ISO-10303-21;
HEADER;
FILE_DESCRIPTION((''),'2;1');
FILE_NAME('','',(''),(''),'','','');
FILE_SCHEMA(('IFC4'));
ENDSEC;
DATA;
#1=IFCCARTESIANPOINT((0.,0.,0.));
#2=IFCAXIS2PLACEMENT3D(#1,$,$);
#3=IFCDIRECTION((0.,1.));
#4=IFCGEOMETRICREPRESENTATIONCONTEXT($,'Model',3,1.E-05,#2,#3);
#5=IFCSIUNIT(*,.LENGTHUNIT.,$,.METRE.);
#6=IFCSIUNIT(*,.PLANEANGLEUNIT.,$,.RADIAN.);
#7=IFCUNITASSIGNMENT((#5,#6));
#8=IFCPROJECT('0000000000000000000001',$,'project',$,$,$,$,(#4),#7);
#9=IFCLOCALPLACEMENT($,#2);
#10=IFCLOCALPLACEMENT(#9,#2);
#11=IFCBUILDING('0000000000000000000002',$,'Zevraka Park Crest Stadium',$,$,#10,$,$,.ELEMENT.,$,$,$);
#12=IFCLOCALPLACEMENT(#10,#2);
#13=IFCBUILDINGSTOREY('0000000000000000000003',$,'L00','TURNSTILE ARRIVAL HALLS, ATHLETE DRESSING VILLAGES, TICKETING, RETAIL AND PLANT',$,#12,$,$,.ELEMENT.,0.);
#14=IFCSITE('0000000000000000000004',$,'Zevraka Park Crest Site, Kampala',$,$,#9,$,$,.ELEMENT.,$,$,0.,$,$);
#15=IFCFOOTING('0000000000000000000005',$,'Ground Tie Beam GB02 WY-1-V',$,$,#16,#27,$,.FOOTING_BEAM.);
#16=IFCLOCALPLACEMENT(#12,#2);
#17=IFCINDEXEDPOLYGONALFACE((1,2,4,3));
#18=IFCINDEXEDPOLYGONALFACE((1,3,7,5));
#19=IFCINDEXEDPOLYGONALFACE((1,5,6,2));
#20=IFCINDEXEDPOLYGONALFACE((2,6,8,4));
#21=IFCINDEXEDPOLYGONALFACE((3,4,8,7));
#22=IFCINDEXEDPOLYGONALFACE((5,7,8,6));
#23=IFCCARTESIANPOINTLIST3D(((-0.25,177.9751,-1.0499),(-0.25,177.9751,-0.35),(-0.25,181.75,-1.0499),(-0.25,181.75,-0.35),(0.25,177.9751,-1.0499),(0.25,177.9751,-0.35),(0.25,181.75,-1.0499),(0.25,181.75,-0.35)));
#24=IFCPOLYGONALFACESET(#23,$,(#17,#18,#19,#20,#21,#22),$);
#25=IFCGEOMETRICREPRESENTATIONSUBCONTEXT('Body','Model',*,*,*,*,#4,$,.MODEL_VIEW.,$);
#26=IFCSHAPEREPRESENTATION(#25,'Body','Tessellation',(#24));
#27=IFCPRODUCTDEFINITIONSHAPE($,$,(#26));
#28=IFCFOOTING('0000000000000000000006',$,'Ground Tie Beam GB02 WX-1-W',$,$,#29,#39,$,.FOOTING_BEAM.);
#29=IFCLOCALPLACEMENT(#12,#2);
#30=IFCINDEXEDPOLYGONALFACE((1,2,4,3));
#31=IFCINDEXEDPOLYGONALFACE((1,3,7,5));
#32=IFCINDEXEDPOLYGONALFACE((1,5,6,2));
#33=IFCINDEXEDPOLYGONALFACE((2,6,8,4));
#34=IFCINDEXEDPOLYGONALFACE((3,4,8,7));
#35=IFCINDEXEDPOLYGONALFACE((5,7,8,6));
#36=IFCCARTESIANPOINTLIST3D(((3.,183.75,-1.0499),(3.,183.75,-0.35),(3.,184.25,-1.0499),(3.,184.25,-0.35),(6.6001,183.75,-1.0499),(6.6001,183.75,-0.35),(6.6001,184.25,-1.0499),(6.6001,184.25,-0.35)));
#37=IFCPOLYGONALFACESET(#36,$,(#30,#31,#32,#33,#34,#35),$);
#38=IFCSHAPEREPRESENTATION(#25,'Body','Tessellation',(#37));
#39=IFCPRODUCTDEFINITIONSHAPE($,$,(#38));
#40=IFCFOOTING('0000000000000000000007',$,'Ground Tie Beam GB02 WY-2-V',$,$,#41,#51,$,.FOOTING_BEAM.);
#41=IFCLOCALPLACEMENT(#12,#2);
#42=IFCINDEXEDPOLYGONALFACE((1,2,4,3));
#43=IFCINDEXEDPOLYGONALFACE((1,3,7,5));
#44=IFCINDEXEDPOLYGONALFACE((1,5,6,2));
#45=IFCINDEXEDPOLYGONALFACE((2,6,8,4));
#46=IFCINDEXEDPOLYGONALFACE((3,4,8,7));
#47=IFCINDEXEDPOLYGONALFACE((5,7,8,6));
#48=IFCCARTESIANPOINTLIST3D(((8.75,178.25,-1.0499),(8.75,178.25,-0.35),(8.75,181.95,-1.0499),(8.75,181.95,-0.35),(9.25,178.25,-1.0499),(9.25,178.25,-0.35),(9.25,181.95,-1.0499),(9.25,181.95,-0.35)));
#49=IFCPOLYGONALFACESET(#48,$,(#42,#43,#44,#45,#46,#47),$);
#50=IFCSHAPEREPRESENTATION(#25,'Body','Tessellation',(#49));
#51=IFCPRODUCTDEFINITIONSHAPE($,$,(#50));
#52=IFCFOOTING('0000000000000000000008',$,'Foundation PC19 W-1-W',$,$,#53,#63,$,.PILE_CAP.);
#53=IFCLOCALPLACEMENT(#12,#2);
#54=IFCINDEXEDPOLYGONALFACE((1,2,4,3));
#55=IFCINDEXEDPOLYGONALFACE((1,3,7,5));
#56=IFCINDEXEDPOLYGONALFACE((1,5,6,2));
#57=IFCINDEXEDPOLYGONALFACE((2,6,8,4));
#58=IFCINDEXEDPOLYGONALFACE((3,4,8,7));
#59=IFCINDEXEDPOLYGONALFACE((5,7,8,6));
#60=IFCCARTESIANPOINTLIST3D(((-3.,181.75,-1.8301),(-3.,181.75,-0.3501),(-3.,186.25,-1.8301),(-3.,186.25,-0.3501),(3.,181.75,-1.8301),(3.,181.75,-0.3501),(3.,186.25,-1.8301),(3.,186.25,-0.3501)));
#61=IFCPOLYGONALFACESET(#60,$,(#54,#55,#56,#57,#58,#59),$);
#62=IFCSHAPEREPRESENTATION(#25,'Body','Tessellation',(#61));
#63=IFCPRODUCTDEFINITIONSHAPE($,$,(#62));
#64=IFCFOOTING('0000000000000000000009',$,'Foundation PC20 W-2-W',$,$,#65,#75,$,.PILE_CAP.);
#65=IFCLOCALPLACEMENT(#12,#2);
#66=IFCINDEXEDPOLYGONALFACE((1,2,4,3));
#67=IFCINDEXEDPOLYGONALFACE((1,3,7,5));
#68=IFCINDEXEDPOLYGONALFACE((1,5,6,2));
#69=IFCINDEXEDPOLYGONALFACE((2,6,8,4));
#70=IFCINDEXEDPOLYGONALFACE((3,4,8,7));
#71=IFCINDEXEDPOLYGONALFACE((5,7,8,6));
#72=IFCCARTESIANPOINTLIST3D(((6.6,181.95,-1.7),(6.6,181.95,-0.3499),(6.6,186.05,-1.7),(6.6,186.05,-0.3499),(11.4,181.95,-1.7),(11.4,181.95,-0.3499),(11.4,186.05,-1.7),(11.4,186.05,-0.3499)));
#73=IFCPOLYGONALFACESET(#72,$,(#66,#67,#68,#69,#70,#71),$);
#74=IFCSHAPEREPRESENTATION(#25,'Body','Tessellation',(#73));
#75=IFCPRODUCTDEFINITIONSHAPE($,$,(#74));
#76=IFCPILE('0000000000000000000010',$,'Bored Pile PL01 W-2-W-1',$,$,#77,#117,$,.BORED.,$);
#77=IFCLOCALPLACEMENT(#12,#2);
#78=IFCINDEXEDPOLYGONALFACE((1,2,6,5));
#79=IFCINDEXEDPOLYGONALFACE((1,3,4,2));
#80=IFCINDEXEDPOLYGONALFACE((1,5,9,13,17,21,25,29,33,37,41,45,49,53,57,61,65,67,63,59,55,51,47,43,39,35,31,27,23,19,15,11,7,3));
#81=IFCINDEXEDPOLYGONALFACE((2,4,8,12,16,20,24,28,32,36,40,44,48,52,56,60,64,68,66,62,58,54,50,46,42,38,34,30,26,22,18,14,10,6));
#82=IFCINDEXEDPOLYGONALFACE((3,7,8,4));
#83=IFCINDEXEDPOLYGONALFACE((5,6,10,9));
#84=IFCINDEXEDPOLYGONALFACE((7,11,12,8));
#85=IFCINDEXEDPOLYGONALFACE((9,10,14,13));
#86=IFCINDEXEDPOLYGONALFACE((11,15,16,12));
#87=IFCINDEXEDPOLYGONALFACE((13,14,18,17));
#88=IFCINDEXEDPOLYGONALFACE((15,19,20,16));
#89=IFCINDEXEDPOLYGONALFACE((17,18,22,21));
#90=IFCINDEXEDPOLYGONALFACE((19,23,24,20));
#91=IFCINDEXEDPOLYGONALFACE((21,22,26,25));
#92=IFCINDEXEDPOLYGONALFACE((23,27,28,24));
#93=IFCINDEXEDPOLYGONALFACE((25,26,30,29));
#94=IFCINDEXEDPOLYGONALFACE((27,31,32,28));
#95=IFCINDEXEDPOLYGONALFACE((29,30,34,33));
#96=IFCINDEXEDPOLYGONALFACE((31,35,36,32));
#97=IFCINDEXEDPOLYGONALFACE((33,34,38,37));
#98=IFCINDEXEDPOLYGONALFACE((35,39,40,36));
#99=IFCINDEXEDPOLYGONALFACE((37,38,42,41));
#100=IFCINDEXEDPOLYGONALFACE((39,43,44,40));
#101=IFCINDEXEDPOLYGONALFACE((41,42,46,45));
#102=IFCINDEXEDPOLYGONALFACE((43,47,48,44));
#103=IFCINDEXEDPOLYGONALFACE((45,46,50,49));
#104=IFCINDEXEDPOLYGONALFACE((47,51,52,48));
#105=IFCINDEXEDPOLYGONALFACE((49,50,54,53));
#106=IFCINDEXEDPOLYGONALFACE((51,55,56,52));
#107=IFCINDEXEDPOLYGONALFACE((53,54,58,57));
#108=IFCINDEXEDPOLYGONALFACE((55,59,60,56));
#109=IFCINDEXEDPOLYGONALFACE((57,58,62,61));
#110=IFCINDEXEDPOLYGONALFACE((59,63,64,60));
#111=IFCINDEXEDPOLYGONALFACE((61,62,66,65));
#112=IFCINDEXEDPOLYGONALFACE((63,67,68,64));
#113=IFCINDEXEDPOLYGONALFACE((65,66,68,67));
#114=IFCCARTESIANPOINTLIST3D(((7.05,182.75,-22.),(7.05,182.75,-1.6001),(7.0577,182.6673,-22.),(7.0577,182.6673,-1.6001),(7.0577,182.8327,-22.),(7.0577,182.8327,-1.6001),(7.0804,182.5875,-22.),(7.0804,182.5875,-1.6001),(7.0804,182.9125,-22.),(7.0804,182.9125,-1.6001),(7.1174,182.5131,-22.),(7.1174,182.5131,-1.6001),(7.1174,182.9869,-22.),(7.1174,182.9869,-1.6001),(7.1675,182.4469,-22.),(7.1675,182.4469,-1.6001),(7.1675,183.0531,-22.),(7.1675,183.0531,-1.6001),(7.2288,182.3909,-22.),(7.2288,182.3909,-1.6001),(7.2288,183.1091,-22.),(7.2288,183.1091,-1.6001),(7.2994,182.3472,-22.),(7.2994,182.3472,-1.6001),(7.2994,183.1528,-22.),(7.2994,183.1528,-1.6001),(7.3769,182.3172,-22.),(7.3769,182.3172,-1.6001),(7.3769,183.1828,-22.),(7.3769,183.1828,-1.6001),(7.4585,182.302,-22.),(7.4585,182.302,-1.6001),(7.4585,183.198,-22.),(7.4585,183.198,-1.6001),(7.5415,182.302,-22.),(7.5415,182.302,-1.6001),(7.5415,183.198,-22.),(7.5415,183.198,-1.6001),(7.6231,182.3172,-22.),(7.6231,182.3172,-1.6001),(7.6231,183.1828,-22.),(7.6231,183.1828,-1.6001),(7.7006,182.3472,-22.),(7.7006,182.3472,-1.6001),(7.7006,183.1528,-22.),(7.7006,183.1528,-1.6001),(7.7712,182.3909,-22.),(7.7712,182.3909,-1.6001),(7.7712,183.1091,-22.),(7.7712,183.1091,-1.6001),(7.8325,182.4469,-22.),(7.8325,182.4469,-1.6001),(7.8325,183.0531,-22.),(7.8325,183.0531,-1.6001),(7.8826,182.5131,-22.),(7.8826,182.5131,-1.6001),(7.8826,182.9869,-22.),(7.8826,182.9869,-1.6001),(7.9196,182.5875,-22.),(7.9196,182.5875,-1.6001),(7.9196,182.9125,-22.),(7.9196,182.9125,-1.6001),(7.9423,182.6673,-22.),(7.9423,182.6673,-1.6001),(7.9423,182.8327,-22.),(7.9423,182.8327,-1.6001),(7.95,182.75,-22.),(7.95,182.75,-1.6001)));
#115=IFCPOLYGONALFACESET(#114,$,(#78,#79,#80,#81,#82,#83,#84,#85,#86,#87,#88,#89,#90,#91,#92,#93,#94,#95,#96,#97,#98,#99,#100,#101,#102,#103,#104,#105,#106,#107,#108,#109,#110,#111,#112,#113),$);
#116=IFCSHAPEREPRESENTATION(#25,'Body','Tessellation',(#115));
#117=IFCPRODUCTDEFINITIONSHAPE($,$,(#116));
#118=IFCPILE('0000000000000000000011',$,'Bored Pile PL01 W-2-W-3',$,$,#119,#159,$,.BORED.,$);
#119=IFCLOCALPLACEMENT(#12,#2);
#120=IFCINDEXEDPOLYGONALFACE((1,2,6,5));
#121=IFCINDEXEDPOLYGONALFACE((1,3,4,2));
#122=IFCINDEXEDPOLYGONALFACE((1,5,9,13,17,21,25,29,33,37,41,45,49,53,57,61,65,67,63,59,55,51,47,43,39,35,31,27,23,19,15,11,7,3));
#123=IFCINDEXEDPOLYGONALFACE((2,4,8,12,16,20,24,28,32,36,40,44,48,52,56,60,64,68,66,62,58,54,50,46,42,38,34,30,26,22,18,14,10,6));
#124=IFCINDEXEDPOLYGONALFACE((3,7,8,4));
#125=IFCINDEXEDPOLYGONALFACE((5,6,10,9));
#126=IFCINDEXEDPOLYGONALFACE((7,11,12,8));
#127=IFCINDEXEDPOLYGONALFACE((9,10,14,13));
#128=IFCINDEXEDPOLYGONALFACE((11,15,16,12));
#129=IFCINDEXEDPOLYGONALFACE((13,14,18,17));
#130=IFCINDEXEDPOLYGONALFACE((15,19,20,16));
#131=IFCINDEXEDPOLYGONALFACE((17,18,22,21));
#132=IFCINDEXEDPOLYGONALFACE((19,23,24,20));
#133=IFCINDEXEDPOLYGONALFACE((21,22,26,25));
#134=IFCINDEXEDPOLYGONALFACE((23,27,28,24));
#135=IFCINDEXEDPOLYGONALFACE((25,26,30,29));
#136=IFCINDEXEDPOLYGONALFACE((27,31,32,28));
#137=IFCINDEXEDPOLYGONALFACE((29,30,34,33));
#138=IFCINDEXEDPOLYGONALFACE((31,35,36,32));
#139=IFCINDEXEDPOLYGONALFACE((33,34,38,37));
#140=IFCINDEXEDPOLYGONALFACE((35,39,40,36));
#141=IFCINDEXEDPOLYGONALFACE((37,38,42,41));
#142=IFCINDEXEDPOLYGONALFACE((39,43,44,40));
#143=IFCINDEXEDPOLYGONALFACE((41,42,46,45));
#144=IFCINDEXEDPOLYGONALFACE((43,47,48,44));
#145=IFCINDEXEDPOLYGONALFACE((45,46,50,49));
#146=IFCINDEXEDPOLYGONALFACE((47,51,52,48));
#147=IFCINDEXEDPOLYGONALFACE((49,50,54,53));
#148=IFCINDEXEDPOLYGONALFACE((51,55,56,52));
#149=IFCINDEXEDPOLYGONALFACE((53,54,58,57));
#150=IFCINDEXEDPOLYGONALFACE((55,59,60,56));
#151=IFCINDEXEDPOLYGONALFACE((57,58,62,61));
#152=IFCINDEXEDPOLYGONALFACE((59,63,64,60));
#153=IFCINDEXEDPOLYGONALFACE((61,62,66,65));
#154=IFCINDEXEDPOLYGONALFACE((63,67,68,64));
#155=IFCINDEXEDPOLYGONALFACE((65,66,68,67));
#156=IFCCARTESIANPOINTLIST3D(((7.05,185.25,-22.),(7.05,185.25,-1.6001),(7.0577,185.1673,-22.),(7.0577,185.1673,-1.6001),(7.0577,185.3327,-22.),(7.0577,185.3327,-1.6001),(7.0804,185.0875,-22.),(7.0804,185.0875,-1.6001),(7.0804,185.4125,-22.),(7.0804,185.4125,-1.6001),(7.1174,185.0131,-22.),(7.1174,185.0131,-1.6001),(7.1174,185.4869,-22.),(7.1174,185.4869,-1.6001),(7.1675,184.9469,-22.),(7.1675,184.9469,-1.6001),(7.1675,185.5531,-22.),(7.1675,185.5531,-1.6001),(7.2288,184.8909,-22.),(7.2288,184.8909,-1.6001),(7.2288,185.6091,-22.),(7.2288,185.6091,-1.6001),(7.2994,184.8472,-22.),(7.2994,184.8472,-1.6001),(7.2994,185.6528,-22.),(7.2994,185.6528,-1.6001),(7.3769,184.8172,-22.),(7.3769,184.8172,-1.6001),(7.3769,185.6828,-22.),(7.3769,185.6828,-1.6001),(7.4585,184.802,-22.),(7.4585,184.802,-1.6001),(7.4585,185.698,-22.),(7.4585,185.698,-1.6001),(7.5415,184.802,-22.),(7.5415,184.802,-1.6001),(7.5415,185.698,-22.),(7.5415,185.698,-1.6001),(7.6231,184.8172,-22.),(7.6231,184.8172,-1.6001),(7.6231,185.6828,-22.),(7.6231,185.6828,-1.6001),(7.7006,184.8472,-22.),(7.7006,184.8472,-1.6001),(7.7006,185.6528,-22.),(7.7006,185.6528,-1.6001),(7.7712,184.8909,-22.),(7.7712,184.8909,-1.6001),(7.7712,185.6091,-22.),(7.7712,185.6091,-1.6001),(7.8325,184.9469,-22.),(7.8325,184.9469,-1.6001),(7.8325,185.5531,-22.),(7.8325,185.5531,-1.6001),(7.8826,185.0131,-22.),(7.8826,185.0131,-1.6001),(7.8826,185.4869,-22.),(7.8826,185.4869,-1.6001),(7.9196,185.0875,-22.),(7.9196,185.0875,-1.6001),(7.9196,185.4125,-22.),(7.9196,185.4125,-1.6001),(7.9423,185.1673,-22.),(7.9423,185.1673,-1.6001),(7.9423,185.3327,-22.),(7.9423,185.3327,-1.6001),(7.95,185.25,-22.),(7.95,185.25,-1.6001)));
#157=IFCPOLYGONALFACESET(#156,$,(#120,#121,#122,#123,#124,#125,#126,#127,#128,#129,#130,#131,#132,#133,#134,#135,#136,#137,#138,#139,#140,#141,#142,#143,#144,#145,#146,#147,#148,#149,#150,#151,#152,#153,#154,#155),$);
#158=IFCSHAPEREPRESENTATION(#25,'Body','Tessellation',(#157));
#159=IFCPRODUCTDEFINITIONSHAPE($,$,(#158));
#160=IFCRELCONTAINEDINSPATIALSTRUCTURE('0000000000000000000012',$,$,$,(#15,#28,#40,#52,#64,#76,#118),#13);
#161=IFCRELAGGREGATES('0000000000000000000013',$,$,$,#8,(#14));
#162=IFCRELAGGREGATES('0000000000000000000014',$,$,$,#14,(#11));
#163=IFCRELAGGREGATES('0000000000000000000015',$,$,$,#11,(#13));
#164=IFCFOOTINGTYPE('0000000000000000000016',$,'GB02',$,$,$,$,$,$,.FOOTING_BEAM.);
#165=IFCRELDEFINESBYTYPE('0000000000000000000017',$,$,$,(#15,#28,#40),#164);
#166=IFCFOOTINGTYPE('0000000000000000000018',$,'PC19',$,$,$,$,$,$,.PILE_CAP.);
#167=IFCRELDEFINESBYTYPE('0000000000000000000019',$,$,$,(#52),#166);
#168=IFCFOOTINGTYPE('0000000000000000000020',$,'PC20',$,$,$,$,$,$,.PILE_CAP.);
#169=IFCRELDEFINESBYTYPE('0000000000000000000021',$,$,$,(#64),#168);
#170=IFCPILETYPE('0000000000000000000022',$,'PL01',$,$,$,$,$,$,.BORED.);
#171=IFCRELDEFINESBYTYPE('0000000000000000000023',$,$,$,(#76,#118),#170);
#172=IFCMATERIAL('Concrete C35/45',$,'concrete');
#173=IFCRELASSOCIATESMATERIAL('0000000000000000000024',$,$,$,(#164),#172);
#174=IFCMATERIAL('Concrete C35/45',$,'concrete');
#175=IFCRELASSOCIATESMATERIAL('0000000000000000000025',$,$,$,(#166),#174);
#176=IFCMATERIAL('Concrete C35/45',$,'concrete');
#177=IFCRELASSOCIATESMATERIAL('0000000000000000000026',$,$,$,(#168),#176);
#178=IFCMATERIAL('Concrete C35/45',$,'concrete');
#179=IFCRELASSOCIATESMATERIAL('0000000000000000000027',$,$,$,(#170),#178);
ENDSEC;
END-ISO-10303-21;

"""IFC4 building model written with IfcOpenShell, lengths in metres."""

from ifc_helpers import new_model, si_unit, direction, frame, origin, origin_2d, place, context, subcontext, project, spatial, rectangle, circle, extrude, material, material_profile, profile_set, type_object, element, save


model = new_model("IFC4")

# Units and contexts
model_context = context("Model", 3, precision=1e-05, world=origin(), true_north=direction((0.0, 1.0)))
body_context = subcontext(model_context, "Body", "Model", "MODEL_VIEW")
ifc_project = project(units=[si_unit("LENGTHUNIT", "METRE"), si_unit("PLANEANGLEUNIT", "RADIAN")], contexts=[model_context])

# Site, building, storey
site_placement = place(None, origin())
site = spatial("IfcSite", under=ifc_project, at=site_placement, Name="Zevraka Park Crest Site, Kampala", CompositionType="ELEMENT", RefElevation=0.0)
building_placement = place(site_placement, origin())
building = spatial("IfcBuilding", under=site, at=building_placement, Name="Zevraka Park Crest Stadium", CompositionType="ELEMENT")
storey_placement = place(building_placement, origin())
storey = spatial("IfcBuildingStorey", under=building, at=storey_placement, Name="L00", Description="TURNSTILE ARRIVAL HALLS, ATHLETE DRESSING VILLAGES, TICKETING, RETAIL AND PLANT", CompositionType="ELEMENT", Elevation=0.0)

# Footings
ifc_material_1 = material(Name="Concrete C35/45", Category="concrete")
ifc_material_profile_1 = material_profile(ifc_material_1, rectangle(XDim=0.5, YDim=0.7, at=origin_2d()), Name="GB 700x500")
ifc_profile_set_1 = profile_set([ifc_material_profile_1], Name="Concrete C35/45")
footing_type_1 = type_object("IfcFootingType", Name="GB02", PredefinedType="FOOTING_BEAM", material=ifc_profile_set_1)
footing_1_placement = place(storey_placement, frame((0.0, 177.9751, -0.7), z_axis=(0.0, 1.0, 0.0), x_axis=(-1.0, 0.0, 0.0)))
element("IfcFooting", 1, at=footing_1_placement, inside=storey, type_object=footing_type_1, Name="Ground Tie Beam GB02 WY-1-V", PredefinedType="FOOTING_BEAM", context=body_context, shape_type="SweptSolid", body=[
    extrude(rectangle(XDim=0.5, YDim=0.7, at=origin_2d()), origin(), (0.0, 0.0, 1.0), 3.7749),
])
footing_2_placement = place(storey_placement, frame((3.0, 184.0, -0.7), z_axis=(1.0, 0.0, 0.0), x_axis=(0.0, 1.0, 0.0)))
element("IfcFooting", 2, at=footing_2_placement, inside=storey, type_object=footing_type_1, Name="Ground Tie Beam GB02 WX-1-W", PredefinedType="FOOTING_BEAM", context=body_context, shape_type="SweptSolid", body=[
    extrude(rectangle(XDim=0.5, YDim=0.7, at=origin_2d()), origin(), (0.0, 0.0, 1.0), 3.6001),
])
footing_3_placement = place(storey_placement, frame((9.0, 178.25, -0.7), z_axis=(0.0, 1.0, 0.0), x_axis=(-1.0, 0.0, 0.0)))
element("IfcFooting", 3, at=footing_3_placement, inside=storey, type_object=footing_type_1, Name="Ground Tie Beam GB02 WY-2-V", PredefinedType="FOOTING_BEAM", context=body_context, shape_type="SweptSolid", body=[
    extrude(rectangle(XDim=0.5, YDim=0.7, at=origin_2d()), origin(), (0.0, 0.0, 1.0), 3.7),
])
ifc_material_2 = material(Name="Concrete C35/45", Category="concrete")
footing_type_2 = type_object("IfcFootingType", Name="PC19", PredefinedType="PILE_CAP", material=ifc_material_2)
footing_4_placement = place(storey_placement, frame((0.0, 184.0, -1.8301), z_axis=(0.0, 0.0, 1.0), x_axis=(1.0, 0.0, 0.0)))
element("IfcFooting", 4, at=footing_4_placement, inside=storey, type_object=footing_type_2, Name="Foundation PC19 W-1-W", PredefinedType="PILE_CAP", context=body_context, shape_type="SweptSolid", body=[
    extrude(rectangle(XDim=6.0, YDim=4.5, at=origin_2d()), origin(), (0.0, 0.0, 1.0), 1.48),
])
ifc_material_3 = material(Name="Concrete C35/45", Category="concrete")
footing_type_3 = type_object("IfcFootingType", Name="PC20", PredefinedType="PILE_CAP", material=ifc_material_3)
footing_5_placement = place(storey_placement, frame((9.0, 184.0, -1.7), z_axis=(0.0, 0.0, 1.0), x_axis=(1.0, 0.0, 0.0)))
element("IfcFooting", 5, at=footing_5_placement, inside=storey, type_object=footing_type_3, Name="Foundation PC20 W-2-W", PredefinedType="PILE_CAP", context=body_context, shape_type="SweptSolid", body=[
    extrude(rectangle(XDim=4.8, YDim=4.1001, at=origin_2d()), origin(), (0.0, 0.0, 1.0), 1.3501),
])

# Piles
ifc_material_4 = material(Name="Concrete C35/45", Category="concrete")
ifc_material_profile_2 = material_profile(ifc_material_4, circle(Radius=0.45, at=origin_2d()), Name="PILE D900")
ifc_profile_set_2 = profile_set([ifc_material_profile_2], Name="Concrete C35/45")
pile_type_1 = type_object("IfcPileType", Name="PL01", PredefinedType="BORED", material=ifc_profile_set_2)
for number, where, z_axis, x_axis, name in (
    (6, (7.5, 182.75, -1.6001), (0.0, 0.0, -1.0), (1.0, 0.0, 0.0), "Bored Pile PL01 W-2-W-1"),
    (7, (7.5, 185.25, -1.6001), (0.0, 0.0, -1.0), (1.0, 0.0, 0.0), "Bored Pile PL01 W-2-W-3"),
):
    element("IfcPile", number, at=place(storey_placement, frame(where, z_axis=z_axis, x_axis=x_axis)), inside=storey, type_object=pile_type_1, Name=name, PredefinedType="BORED", context=body_context, shape_type="SweptSolid", body=[
        extrude(circle(Radius=0.45, at=origin_2d()), origin(), (0.0, 0.0, 1.0), 20.3999),
    ])

save(model, "model.ifc")
